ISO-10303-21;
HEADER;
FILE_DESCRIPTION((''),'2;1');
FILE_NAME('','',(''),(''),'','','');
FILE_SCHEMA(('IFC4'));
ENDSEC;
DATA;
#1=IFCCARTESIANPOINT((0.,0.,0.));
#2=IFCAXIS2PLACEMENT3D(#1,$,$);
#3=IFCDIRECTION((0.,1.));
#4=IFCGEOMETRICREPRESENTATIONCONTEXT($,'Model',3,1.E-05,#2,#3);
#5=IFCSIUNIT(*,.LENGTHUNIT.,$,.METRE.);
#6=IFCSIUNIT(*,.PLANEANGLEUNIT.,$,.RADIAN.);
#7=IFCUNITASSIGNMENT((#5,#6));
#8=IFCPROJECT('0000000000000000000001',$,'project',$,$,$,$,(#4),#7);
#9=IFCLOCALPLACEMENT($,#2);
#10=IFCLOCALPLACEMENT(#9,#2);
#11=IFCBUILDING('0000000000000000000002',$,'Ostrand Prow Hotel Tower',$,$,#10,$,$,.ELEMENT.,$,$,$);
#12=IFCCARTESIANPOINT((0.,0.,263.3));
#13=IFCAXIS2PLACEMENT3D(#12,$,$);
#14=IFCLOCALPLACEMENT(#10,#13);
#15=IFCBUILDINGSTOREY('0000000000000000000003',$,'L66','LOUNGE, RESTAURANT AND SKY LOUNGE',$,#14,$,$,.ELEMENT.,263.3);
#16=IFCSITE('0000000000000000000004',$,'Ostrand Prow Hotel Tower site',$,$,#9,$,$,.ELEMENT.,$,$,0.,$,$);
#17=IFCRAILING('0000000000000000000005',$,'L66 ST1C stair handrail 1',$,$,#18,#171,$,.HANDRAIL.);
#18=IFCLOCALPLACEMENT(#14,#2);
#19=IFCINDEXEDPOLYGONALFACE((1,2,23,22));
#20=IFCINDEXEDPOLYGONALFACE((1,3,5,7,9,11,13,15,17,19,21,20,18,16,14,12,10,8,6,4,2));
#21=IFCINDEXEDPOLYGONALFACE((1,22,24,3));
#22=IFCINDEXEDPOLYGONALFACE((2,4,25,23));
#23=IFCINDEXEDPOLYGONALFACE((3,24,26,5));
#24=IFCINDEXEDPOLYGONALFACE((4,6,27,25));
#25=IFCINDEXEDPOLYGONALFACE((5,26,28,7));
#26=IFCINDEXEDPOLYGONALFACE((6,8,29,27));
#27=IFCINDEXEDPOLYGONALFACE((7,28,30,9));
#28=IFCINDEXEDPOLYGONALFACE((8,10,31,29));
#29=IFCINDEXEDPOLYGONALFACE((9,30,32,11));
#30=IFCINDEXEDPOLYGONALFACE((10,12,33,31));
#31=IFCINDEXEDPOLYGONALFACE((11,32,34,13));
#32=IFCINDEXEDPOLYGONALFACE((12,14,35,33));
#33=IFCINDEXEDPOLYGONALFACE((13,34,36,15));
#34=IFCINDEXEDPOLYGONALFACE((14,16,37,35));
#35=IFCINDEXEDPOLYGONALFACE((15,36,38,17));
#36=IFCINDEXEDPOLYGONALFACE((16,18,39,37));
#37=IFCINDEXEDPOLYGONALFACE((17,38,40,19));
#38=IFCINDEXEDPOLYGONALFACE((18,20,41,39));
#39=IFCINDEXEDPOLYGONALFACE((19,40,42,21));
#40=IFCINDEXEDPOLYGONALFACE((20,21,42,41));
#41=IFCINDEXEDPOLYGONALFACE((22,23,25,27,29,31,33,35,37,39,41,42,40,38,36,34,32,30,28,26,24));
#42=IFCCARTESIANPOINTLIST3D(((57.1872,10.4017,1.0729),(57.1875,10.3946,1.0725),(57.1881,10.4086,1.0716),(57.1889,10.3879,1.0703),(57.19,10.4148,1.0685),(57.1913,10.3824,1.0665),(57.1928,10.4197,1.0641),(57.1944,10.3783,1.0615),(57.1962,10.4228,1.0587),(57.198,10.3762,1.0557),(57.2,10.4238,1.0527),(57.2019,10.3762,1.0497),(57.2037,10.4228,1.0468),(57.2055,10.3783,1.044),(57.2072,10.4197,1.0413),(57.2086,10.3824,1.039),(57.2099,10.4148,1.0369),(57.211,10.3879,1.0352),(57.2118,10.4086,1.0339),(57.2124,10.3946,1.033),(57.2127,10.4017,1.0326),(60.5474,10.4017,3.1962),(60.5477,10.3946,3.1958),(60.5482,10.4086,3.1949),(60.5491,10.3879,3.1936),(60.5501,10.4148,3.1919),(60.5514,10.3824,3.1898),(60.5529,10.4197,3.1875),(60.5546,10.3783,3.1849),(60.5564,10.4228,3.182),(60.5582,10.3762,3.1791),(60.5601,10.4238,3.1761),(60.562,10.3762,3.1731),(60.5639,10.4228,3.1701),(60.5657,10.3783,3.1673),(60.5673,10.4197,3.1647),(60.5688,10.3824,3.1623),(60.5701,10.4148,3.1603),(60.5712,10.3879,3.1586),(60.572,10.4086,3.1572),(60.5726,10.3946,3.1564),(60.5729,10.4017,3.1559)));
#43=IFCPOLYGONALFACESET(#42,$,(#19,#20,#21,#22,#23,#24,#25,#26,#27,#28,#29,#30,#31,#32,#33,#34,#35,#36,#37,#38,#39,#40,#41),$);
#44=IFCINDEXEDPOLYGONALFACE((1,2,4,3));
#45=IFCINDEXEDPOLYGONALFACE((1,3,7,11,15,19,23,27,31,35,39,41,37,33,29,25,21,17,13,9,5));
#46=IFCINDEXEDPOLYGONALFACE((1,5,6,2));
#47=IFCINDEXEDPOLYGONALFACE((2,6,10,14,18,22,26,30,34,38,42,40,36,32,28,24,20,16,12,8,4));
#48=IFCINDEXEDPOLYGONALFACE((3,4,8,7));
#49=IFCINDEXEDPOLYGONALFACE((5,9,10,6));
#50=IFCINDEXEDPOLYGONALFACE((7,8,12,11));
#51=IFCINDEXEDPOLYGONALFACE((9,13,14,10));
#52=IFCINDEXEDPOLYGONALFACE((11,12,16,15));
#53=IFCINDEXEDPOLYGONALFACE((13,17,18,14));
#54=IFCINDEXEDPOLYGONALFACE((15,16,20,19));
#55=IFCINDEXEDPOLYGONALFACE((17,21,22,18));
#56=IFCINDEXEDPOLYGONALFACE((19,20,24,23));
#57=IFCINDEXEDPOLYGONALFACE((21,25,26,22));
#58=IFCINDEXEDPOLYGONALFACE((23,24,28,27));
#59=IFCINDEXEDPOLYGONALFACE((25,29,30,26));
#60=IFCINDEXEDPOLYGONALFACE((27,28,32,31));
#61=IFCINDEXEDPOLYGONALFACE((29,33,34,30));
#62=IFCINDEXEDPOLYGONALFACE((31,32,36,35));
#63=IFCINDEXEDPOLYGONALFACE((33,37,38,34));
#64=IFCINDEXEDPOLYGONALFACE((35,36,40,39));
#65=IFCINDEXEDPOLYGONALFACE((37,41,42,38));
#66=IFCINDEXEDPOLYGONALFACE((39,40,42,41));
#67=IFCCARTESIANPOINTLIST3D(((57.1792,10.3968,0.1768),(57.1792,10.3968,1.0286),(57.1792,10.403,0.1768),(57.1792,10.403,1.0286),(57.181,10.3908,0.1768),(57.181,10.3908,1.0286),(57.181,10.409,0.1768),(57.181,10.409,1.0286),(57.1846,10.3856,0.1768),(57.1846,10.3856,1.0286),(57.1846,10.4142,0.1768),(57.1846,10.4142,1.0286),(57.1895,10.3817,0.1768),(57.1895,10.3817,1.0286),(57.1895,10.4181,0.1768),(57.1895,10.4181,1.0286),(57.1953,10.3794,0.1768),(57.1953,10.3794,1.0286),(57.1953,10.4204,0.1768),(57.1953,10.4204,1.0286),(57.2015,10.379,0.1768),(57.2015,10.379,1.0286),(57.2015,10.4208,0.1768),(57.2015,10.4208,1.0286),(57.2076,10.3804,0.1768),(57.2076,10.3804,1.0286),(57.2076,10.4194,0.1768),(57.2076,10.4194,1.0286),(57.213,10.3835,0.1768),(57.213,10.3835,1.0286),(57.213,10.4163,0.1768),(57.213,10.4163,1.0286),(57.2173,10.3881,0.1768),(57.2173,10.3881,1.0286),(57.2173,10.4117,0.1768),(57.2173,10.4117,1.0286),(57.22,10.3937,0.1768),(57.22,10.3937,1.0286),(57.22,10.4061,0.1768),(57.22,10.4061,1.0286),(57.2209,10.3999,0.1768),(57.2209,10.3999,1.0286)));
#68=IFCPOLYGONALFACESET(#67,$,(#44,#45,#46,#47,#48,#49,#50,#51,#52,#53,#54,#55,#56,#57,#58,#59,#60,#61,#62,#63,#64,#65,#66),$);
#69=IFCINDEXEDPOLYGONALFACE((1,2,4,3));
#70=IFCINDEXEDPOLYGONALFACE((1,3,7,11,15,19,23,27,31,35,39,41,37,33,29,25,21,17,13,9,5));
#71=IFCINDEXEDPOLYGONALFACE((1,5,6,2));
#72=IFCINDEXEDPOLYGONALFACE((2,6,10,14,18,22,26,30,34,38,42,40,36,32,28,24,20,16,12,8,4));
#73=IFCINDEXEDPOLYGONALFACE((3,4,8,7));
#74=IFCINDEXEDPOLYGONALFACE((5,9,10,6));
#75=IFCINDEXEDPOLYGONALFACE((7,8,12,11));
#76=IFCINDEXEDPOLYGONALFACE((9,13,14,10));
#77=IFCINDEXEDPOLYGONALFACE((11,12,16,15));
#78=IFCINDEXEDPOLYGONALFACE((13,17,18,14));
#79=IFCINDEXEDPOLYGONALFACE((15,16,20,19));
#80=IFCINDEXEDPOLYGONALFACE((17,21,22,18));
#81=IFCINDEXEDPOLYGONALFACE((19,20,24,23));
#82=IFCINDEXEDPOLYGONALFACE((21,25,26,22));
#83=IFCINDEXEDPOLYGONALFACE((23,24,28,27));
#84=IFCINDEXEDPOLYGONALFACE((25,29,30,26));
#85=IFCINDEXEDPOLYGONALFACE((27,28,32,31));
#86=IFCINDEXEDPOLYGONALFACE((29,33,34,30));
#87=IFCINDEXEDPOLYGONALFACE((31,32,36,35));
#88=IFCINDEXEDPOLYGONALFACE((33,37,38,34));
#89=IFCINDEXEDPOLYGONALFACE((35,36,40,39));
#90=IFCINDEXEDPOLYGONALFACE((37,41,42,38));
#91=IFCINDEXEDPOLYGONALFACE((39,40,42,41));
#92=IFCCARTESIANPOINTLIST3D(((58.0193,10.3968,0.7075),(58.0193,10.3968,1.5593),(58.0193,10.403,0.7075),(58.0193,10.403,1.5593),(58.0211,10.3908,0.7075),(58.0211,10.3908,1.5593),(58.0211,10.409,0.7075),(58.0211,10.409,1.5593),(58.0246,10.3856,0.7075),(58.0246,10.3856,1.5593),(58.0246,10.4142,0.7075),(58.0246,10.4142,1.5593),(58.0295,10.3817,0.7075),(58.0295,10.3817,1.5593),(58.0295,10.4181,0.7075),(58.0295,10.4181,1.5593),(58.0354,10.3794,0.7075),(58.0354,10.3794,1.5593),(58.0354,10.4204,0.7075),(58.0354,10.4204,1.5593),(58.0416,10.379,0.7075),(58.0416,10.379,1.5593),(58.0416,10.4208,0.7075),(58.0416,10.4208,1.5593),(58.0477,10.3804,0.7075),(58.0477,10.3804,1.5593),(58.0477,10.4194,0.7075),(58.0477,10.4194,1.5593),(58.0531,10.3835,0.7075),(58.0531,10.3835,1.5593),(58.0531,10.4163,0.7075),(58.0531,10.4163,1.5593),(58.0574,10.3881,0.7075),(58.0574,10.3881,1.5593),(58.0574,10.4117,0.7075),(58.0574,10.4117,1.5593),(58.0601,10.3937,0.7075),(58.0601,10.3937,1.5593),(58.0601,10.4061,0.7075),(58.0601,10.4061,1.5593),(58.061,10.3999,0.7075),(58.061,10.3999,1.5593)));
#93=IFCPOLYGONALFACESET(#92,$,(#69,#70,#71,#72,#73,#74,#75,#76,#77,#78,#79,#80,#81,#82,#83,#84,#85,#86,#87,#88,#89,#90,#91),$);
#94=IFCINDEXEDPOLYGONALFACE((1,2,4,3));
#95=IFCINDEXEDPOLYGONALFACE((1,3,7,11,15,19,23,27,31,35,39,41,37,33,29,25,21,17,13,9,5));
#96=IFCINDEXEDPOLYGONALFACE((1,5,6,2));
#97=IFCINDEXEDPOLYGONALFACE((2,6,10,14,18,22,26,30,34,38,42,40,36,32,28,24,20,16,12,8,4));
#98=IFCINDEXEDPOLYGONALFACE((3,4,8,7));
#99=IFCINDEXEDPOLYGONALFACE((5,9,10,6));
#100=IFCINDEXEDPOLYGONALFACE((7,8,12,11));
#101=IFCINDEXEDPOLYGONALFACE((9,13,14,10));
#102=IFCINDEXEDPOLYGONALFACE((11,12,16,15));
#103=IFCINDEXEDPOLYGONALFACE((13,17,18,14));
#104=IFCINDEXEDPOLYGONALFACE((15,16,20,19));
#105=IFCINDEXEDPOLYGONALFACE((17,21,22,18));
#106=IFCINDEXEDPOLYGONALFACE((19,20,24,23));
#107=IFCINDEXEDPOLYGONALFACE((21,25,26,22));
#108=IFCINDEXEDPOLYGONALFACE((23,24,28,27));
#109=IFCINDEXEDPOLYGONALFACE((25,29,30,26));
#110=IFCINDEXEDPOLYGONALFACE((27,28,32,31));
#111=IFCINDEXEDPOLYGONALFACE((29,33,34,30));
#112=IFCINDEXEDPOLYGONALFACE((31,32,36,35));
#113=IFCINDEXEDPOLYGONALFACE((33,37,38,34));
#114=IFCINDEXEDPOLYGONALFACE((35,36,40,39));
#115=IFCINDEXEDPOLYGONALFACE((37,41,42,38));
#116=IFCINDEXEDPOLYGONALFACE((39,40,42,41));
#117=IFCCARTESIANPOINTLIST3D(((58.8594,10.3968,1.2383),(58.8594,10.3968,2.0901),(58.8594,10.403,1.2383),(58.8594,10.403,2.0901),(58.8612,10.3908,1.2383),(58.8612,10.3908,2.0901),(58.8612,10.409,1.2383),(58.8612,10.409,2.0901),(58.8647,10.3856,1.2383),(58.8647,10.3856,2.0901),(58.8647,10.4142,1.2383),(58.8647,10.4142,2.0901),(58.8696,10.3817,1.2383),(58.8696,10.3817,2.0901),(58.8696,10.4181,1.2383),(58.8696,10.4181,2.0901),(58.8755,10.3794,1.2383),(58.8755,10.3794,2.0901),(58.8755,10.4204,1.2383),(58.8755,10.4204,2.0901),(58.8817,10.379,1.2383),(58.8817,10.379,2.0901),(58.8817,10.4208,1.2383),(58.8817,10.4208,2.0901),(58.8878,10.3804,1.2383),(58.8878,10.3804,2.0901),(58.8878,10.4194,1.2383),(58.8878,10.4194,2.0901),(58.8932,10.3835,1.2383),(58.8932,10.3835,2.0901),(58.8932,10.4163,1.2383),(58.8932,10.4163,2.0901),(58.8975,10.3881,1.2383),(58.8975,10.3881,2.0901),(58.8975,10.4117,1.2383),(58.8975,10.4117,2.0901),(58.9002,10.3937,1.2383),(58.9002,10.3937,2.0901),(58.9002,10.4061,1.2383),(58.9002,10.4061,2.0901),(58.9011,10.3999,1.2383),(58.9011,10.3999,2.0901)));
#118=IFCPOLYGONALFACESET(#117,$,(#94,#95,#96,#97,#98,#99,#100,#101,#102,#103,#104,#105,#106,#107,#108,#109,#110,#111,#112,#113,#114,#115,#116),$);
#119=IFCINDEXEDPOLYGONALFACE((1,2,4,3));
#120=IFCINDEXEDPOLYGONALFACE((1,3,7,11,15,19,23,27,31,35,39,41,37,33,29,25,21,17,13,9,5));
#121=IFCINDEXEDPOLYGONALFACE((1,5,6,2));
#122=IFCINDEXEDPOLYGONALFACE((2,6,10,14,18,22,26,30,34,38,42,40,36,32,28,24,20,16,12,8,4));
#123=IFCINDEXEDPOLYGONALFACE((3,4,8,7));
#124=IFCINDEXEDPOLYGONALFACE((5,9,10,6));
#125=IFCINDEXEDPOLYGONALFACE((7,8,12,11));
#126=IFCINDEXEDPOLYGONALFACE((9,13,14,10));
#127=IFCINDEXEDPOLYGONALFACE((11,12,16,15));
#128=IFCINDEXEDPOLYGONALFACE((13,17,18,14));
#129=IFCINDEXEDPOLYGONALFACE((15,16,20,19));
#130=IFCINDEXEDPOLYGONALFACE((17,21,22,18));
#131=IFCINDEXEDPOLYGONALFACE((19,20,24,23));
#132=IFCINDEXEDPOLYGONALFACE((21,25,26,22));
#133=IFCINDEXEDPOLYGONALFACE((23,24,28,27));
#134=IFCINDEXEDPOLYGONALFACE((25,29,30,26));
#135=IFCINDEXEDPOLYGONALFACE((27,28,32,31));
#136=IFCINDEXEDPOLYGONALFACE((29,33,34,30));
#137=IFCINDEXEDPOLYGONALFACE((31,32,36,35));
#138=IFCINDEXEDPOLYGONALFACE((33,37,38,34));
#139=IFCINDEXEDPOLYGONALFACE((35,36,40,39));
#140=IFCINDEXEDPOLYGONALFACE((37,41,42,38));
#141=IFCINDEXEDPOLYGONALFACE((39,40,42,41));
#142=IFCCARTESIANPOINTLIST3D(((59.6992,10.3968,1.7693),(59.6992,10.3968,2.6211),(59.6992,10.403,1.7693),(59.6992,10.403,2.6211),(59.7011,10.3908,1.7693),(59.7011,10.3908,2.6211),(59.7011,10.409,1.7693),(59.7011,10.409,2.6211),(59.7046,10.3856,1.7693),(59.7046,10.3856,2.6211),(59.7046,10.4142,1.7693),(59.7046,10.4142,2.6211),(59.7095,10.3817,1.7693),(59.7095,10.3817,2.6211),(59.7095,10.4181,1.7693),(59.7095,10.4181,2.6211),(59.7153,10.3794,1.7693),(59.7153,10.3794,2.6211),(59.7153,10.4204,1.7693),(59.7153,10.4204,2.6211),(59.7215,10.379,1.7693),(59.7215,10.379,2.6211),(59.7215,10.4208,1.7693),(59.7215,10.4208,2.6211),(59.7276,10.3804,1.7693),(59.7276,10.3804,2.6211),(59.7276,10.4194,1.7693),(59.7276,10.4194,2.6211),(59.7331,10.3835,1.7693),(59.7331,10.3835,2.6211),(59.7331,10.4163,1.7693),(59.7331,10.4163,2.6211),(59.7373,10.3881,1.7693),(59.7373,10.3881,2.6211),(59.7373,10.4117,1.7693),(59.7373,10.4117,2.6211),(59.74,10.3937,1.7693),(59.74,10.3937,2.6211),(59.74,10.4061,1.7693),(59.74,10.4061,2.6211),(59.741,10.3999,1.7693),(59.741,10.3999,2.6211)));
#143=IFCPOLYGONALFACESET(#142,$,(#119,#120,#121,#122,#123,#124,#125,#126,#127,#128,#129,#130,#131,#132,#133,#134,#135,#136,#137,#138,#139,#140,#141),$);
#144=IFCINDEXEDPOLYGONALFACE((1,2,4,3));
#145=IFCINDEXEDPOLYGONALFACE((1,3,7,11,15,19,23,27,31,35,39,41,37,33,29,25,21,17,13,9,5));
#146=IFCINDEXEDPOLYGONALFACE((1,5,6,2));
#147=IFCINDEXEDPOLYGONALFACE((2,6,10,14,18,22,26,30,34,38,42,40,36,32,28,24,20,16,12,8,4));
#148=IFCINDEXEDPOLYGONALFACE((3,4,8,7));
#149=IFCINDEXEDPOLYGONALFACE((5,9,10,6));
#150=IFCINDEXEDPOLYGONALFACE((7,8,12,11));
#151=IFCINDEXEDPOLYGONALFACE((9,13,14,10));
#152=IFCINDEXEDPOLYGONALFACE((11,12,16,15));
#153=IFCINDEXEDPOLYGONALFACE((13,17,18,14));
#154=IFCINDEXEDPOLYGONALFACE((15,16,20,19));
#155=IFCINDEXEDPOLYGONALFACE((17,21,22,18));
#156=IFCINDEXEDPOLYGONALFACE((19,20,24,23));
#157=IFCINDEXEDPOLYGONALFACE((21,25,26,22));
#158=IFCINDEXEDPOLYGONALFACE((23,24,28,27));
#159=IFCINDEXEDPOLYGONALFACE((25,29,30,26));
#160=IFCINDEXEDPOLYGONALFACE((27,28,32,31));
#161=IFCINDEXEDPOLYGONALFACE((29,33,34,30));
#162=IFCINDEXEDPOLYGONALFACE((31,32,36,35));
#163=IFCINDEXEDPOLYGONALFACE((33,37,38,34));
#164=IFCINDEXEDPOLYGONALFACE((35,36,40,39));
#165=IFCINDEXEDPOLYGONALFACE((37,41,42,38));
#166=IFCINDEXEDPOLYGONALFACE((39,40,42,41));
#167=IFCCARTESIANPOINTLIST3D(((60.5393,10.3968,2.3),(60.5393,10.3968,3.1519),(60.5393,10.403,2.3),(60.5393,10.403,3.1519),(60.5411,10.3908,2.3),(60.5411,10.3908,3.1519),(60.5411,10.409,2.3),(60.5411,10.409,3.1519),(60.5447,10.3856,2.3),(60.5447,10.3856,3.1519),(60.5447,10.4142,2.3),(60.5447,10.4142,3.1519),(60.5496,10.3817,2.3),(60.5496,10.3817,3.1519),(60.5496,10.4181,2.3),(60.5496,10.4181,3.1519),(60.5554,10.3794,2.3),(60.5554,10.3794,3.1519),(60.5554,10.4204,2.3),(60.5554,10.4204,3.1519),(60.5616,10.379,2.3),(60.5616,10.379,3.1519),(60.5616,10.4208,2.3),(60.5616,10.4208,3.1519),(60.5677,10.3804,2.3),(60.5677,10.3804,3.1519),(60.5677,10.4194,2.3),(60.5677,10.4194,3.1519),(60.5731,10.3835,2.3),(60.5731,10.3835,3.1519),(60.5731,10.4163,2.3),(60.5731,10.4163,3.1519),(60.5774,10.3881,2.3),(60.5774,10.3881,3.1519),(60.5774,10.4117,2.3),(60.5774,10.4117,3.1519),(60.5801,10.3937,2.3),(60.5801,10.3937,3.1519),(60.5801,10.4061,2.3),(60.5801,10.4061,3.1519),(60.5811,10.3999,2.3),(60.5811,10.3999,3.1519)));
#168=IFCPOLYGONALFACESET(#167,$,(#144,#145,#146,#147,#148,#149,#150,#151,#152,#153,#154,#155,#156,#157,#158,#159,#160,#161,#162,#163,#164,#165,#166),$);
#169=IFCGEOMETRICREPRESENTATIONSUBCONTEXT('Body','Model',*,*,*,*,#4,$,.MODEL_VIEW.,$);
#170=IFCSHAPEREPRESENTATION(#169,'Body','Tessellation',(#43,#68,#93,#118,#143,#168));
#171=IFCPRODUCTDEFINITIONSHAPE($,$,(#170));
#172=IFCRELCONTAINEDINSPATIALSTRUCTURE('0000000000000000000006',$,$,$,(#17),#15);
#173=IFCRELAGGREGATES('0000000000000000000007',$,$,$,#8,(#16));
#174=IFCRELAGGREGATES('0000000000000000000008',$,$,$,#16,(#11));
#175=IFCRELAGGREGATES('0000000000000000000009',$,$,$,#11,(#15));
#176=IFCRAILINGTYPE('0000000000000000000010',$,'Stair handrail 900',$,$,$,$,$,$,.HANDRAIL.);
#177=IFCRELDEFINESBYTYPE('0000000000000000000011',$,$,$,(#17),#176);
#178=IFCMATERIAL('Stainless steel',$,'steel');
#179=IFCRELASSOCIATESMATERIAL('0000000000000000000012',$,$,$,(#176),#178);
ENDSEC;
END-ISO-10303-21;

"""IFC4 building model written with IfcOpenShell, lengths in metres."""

from ifc_helpers import new_model, si_unit, direction, frame, origin, origin_2d, place, context, subcontext, project, spatial, circle, extrude, material, type_object, element, save


model = new_model("IFC4")

# Units and contexts
model_context = context("Model", 3, precision=1e-05, world=origin(), true_north=direction((0.0, 1.0)))
body_context = subcontext(model_context, "Body", "Model", "MODEL_VIEW")
ifc_project = project(units=[si_unit("LENGTHUNIT", "METRE"), si_unit("PLANEANGLEUNIT", "RADIAN")], contexts=[model_context])

# Site, building, storey
site_placement = place(None, origin())
site = spatial("IfcSite", under=ifc_project, at=site_placement, Name="Ostrand Prow Hotel Tower site", CompositionType="ELEMENT", RefElevation=0.0)
building_placement = place(site_placement, origin())
building = spatial("IfcBuilding", under=site, at=building_placement, Name="Ostrand Prow Hotel Tower", CompositionType="ELEMENT")
storey_placement = place(building_placement, frame((0.0, 0.0, 263.3)))
storey = spatial("IfcBuildingStorey", under=building, at=storey_placement, Name="L66", Description="LOUNGE, RESTAURANT AND SKY LOUNGE", CompositionType="ELEMENT", Elevation=263.3)

# Railing
ifc_material_1 = material(Name="Stainless steel", Category="steel")
railing_type_1 = type_object("IfcRailingType", Name="Stair handrail 900", PredefinedType="HANDRAIL", material=ifc_material_1)
railing_1_placement = place(storey_placement, frame((57.2, 10.3999, 0.1768)))
element("IfcRailing", 1, at=railing_1_placement, inside=storey, type_object=railing_type_1, Name="L66 ST1C stair handrail 1", PredefinedType="HANDRAIL", context=body_context, shape_type="SweptSolid", body=[
    extrude(circle(Radius=0.0239, at=origin_2d()), frame((0.0, 0.0, 0.876), z_axis=(0.845362, 0.0, 0.534194), x_axis=(0.0, 1.0, 0.0)), (0.0, 0.0, 1.0), 3.9749),
    extrude(circle(Radius=0.021, at=origin_2d()), origin(), (0.0, 0.0, 1.0), 0.8518),
    extrude(circle(Radius=0.021, at=origin_2d()), frame((0.8401, 0.0, 0.5308)), (0.0, 0.0, 1.0), 0.8518),
    extrude(circle(Radius=0.021, at=origin_2d()), frame((1.6802, 0.0, 1.0615)), (0.0, 0.0, 1.0), 0.8518),
    extrude(circle(Radius=0.021, at=origin_2d()), frame((2.52, 0.0, 1.5925)), (0.0, 0.0, 1.0), 0.8518),
    extrude(circle(Radius=0.021, at=origin_2d()), frame((3.3601, 0.0, 2.1233)), (0.0, 0.0, 1.0), 0.8518),
])

save(model, "model.ifc")
